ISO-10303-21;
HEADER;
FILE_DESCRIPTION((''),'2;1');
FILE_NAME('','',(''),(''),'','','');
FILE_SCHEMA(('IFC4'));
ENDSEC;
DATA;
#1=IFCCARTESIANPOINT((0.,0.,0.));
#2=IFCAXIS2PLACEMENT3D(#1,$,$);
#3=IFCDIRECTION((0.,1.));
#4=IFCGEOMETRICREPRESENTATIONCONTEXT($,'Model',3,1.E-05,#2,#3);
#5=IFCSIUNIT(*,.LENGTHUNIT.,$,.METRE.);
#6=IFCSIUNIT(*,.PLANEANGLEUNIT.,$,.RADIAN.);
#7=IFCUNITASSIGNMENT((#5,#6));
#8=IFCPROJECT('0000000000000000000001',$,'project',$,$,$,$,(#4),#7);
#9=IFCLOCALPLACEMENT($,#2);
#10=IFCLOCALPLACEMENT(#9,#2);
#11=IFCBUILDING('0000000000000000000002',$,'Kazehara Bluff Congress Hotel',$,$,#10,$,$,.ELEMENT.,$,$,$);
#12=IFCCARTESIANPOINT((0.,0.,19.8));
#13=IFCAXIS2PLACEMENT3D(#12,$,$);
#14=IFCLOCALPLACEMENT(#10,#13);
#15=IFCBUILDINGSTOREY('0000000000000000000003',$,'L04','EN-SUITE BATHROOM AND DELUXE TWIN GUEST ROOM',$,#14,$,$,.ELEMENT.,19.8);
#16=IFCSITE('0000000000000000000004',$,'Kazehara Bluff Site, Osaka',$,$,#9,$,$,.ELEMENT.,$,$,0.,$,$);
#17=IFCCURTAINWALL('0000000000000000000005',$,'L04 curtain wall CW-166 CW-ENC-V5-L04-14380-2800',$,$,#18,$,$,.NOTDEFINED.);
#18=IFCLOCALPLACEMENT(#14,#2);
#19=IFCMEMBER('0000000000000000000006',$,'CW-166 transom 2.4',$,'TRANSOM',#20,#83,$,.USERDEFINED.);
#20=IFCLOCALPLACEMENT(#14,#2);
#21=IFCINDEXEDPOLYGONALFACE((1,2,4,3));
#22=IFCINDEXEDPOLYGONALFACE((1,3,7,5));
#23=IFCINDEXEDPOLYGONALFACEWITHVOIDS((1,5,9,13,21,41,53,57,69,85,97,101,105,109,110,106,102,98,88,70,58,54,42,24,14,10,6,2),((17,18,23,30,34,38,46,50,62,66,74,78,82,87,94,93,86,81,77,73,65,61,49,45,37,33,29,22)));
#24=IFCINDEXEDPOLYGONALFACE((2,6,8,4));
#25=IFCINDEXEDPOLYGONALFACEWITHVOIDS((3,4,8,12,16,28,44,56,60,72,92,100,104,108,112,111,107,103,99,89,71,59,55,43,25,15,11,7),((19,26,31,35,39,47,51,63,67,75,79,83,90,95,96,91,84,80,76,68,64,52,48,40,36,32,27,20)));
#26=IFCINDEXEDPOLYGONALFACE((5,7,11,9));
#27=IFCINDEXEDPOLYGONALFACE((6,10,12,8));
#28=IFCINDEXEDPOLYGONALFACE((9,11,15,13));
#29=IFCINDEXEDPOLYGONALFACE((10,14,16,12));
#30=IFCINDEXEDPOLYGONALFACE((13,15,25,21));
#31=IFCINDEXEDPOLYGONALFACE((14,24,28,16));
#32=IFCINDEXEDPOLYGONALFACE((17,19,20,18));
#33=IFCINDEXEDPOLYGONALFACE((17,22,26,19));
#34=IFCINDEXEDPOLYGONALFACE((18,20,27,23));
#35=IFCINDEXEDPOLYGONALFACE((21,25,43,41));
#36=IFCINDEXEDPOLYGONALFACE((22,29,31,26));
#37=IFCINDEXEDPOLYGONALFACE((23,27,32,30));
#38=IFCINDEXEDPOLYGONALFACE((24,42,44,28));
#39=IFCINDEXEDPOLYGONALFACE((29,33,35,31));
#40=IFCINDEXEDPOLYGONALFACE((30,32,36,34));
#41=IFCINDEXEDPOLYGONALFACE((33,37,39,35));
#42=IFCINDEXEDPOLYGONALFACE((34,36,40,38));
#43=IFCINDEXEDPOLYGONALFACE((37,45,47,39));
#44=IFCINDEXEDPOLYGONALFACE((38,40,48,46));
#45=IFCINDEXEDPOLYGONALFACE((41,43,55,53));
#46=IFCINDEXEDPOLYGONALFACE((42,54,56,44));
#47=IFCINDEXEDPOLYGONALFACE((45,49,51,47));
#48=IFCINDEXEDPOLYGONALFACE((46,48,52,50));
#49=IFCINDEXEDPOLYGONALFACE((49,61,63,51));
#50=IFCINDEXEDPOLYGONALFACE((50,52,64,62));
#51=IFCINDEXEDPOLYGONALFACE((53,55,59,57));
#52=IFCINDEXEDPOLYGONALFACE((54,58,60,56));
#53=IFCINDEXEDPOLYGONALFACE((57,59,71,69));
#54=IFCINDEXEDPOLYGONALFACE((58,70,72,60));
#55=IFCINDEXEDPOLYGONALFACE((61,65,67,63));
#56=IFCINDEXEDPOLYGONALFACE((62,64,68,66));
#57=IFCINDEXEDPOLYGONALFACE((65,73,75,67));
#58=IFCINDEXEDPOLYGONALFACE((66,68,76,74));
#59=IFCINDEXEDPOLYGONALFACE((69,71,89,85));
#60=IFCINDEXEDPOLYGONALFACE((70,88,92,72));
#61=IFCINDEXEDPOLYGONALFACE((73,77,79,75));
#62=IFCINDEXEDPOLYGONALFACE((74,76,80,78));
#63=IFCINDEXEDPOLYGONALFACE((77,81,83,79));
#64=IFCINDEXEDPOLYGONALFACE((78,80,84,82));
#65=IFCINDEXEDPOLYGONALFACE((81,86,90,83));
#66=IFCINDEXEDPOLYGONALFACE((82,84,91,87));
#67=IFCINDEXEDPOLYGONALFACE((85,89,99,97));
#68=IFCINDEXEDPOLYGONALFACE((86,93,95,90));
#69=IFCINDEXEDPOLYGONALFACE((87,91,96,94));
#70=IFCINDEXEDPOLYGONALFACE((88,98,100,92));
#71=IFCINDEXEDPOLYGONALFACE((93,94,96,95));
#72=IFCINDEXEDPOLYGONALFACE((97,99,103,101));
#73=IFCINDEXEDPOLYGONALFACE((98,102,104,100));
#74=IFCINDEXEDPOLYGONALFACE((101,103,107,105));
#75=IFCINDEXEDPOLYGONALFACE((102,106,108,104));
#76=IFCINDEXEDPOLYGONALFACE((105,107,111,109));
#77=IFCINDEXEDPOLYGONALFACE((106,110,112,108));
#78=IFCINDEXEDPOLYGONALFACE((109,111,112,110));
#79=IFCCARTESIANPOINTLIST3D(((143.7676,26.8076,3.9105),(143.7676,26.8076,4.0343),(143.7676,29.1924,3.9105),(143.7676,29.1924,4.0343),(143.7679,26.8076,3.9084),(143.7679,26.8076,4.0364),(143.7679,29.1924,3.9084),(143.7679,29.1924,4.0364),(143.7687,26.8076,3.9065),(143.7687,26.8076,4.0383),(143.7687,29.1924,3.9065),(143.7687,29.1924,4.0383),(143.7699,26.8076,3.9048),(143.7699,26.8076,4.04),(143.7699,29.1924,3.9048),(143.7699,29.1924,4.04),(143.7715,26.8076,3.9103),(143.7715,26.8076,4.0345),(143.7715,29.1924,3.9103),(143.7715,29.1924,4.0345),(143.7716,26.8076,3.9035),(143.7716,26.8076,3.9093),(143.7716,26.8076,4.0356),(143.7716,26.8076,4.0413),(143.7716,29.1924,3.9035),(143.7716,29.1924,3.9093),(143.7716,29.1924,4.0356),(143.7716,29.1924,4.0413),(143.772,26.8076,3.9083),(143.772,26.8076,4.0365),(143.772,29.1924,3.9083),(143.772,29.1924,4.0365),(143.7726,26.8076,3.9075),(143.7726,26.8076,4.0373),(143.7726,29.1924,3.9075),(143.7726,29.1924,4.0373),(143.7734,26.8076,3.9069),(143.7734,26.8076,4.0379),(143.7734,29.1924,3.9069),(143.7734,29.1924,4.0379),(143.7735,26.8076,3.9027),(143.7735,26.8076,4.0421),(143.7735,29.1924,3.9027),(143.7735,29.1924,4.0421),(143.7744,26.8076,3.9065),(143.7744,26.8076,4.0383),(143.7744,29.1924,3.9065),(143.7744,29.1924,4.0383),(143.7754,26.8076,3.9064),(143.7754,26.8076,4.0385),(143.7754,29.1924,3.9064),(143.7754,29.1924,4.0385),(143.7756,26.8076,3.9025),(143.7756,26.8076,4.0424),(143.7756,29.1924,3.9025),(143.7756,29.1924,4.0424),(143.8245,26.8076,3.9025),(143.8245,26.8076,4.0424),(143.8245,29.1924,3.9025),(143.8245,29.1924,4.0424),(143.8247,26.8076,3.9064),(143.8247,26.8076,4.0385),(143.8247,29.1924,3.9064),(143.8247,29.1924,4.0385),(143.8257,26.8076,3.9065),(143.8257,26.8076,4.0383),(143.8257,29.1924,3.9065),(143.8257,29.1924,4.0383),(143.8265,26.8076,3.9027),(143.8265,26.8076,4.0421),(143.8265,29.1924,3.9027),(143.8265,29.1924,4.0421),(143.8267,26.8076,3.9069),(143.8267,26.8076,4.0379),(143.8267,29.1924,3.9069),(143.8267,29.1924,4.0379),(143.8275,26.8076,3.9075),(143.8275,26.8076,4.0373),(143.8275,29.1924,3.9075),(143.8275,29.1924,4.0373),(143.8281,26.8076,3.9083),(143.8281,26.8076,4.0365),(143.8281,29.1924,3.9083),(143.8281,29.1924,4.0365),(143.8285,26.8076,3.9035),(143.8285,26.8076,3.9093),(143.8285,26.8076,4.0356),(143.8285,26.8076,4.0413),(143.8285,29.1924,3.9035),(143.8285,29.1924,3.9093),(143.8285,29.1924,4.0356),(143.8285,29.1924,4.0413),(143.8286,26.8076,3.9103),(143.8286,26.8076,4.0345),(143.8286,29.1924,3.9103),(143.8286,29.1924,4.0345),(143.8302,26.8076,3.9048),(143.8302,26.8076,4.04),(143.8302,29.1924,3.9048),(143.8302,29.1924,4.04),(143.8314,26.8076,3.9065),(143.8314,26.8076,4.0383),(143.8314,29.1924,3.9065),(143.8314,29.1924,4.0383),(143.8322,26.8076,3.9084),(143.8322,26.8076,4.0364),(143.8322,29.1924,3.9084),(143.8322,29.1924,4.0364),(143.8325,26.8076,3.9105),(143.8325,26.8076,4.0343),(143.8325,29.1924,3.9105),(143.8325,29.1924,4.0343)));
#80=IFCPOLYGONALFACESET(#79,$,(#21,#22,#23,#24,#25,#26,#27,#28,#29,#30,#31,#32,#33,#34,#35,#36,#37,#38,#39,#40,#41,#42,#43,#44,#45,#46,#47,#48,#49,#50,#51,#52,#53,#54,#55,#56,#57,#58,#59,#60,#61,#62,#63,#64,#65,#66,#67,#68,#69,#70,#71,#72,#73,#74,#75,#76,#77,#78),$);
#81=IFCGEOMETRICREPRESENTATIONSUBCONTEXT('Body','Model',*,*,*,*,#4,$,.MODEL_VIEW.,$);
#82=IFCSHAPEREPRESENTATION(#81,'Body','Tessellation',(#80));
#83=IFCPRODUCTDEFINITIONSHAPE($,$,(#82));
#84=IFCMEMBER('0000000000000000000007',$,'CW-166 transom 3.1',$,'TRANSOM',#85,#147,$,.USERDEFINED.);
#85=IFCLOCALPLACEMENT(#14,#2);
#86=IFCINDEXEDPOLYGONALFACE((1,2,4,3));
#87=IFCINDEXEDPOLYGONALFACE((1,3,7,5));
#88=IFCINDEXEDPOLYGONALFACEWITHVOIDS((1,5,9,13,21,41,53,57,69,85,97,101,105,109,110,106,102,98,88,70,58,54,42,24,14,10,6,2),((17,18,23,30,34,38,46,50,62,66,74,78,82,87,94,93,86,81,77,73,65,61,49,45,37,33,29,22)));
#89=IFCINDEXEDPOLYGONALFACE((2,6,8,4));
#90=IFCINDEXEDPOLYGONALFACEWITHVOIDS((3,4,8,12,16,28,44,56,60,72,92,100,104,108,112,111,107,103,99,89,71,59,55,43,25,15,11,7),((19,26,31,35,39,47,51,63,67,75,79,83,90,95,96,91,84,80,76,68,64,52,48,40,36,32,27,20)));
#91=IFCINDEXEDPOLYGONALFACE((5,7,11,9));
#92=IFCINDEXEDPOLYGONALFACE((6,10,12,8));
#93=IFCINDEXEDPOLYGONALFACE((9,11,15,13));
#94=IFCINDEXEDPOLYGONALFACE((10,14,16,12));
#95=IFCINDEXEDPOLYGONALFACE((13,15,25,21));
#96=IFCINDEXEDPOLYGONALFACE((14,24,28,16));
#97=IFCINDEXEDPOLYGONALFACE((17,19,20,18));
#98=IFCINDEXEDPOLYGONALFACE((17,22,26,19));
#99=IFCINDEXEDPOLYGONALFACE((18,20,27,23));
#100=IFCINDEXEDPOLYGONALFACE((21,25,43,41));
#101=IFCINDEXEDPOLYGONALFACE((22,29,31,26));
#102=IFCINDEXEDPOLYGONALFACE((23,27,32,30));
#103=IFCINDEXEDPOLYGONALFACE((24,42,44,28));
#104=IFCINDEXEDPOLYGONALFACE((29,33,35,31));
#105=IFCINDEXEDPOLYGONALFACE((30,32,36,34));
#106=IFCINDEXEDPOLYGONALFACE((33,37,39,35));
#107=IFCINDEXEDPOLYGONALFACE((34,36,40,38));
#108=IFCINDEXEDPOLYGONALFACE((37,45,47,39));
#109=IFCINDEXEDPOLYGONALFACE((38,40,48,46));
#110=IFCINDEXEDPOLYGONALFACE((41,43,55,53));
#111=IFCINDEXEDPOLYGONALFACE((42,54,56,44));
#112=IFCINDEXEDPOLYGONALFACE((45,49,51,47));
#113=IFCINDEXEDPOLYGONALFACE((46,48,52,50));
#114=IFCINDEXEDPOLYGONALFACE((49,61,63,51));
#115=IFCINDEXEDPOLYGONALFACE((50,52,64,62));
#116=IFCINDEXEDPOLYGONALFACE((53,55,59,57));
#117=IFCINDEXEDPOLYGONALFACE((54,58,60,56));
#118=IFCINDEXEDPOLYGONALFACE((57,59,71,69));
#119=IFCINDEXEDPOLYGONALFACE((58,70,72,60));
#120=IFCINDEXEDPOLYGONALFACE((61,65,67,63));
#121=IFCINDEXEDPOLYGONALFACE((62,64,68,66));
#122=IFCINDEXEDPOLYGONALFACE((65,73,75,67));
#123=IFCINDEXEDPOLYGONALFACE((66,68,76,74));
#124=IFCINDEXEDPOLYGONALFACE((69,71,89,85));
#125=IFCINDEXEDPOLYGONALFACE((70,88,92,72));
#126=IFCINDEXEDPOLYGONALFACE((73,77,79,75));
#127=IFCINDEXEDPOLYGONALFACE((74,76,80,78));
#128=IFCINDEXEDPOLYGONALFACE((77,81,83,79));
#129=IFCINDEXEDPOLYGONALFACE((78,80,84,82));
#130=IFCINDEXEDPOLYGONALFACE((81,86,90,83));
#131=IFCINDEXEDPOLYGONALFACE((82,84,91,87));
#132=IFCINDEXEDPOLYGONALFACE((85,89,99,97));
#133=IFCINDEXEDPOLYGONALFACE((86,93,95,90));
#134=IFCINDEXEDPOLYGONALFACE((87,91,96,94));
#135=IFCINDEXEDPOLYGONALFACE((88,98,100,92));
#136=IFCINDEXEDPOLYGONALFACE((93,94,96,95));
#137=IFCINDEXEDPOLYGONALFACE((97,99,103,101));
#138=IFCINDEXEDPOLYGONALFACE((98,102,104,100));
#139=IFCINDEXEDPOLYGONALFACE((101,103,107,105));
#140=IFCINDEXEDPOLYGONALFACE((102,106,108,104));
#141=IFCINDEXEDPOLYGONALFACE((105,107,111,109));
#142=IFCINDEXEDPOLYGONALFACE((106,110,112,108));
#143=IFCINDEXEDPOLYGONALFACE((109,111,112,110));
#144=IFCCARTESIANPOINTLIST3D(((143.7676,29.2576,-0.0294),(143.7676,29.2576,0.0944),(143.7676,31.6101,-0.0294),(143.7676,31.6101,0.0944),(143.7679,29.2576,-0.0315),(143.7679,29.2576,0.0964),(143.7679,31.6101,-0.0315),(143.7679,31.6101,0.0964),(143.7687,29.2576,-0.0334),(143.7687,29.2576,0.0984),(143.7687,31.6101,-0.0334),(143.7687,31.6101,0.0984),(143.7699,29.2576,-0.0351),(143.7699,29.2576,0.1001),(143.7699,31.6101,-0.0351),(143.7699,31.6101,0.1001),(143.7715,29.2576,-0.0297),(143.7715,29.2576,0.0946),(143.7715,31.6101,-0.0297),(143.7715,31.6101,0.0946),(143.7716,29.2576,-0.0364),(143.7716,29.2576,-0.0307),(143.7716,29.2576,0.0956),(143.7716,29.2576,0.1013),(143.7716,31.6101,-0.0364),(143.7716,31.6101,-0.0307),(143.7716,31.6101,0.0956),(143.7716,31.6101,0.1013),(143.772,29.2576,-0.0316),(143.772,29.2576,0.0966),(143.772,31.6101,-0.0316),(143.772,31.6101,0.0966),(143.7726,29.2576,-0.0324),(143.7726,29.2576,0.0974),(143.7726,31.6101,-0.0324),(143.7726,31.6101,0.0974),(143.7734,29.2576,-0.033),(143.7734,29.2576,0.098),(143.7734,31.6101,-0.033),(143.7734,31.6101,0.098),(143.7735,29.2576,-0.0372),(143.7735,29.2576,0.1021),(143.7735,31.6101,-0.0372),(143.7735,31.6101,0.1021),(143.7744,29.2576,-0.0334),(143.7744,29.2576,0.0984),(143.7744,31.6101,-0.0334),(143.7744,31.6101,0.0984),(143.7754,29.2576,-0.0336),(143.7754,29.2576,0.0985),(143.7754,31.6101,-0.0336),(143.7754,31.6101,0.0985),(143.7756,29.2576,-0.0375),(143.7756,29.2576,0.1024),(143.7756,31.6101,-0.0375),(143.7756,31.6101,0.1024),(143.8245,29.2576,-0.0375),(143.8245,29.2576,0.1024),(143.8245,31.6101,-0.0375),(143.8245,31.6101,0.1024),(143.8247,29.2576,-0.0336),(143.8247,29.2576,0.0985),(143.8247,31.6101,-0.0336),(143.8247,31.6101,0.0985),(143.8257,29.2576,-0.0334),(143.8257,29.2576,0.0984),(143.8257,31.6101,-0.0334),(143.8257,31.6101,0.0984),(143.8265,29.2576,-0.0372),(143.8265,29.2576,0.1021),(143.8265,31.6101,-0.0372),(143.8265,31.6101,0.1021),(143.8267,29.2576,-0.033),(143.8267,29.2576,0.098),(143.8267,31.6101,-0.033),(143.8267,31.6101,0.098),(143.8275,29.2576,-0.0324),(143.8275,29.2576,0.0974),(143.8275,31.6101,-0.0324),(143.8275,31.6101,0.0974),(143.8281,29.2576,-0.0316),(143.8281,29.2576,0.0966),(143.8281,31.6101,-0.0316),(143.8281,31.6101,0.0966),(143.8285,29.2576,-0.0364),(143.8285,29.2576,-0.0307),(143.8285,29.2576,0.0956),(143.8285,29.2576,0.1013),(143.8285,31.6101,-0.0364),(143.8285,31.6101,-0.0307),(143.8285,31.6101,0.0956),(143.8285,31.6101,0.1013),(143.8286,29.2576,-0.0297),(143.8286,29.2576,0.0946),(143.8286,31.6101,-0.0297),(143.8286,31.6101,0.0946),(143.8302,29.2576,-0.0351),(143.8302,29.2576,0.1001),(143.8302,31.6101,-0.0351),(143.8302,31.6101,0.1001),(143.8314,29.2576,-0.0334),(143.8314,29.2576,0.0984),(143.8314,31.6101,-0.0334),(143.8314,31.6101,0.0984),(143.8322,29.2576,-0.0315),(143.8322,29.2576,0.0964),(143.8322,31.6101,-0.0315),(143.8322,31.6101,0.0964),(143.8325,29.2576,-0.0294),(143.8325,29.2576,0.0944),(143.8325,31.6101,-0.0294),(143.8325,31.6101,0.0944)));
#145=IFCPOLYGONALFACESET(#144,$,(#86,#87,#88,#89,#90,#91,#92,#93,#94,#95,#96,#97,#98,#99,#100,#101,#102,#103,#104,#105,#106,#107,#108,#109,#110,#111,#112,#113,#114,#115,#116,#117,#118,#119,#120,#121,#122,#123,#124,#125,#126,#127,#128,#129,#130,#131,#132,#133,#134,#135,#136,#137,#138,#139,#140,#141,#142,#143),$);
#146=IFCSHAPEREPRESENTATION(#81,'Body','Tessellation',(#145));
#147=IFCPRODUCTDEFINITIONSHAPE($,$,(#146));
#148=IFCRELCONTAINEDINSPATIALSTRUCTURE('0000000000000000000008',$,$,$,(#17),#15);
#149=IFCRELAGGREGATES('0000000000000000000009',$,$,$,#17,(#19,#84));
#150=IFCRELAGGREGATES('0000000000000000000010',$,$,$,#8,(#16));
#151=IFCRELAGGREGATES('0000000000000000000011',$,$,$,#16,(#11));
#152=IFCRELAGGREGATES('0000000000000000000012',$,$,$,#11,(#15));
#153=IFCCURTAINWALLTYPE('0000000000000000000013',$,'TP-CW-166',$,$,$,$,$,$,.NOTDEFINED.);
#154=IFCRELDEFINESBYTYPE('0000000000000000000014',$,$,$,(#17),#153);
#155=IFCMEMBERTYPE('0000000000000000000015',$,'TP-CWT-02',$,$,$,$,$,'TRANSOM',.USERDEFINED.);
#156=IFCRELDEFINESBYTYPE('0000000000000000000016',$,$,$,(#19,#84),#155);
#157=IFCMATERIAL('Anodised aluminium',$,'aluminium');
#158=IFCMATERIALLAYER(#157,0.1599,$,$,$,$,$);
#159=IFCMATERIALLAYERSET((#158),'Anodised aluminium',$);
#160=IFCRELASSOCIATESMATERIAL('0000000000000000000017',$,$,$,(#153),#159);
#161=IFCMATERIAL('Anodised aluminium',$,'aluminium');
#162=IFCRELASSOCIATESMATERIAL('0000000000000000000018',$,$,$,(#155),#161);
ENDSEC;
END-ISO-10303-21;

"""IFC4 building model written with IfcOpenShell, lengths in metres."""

from ifc_helpers import new_model, si_unit, direction, frame, origin, origin_2d, place, context, subcontext, project, spatial, hollow_rectangle, extrude, material, layer, layer_set, material_profile, profile_set, type_object, element, aggregate, save


model = new_model("IFC4")

# Units and contexts
model_context = context("Model", 3, precision=1e-05, world=origin(), true_north=direction((0.0, 1.0)))
body_context = subcontext(model_context, "Body", "Model", "MODEL_VIEW")
ifc_project = project(units=[si_unit("LENGTHUNIT", "METRE"), si_unit("PLANEANGLEUNIT", "RADIAN")], contexts=[model_context])

# Site, building, storey
site_placement = place(None, origin())
site = spatial("IfcSite", under=ifc_project, at=site_placement, Name="Kazehara Bluff Site, Osaka", CompositionType="ELEMENT", RefElevation=0.0)
building_placement = place(site_placement, origin())
building = spatial("IfcBuilding", under=site, at=building_placement, Name="Kazehara Bluff Congress Hotel", CompositionType="ELEMENT")
storey_placement = place(building_placement, frame((0.0, 0.0, 19.8)))
storey = spatial("IfcBuildingStorey", under=building, at=storey_placement, Name="L04", Description="EN-SUITE BATHROOM AND DELUXE TWIN GUEST ROOM", CompositionType="ELEMENT", Elevation=19.8)

# Curtain wall, members
ifc_material_1 = material(Name="Anodised aluminium", Category="aluminium")
ifc_layer_1 = layer(ifc_material_1, 0.1599)
ifc_layer_set_1 = layer_set([ifc_layer_1], Name="Anodised aluminium")
curtain_wall_type_1 = type_object("IfcCurtainWallType", Name="TP-CW-166", PredefinedType="NOTDEFINED", material=ifc_layer_set_1)
curtain_wall_1_placement = place(storey_placement, origin())
curtain_wall_1 = element("IfcCurtainWall", 1, at=curtain_wall_1_placement, inside=storey, type_object=curtain_wall_type_1, Name="L04 curtain wall CW-166 CW-ENC-V5-L04-14380-2800", PredefinedType="NOTDEFINED")
ifc_material_2 = material(Name="Anodised aluminium", Category="aluminium")
ifc_material_profile_1 = material_profile(ifc_material_2, hollow_rectangle(XDim=0.0649, YDim=0.1399, WallThickness=0.0039, InnerFilletRadius=0.0039, OuterFilletRadius=0.0081, at=origin_2d()))
ifc_profile_set_1 = profile_set([ifc_material_profile_1], Name="Anodised aluminium")
member_type_1 = type_object("IfcMemberType", Name="TP-CWT-02", ElementType="TRANSOM", PredefinedType="USERDEFINED", material=ifc_profile_set_1)
member_1_placement = place(storey_placement, frame((143.8, 26.8076, 3.9724), z_axis=(0.0, 1.0, 0.0), x_axis=(-1.0, 0.0, 0.0)))
member_1 = element("IfcMember", 2, at=member_1_placement, type_object=member_type_1, Name="CW-166 transom 2.4", ObjectType="TRANSOM", PredefinedType="USERDEFINED", context=body_context, shape_type="SweptSolid", body=[
    extrude(hollow_rectangle(XDim=0.0649, YDim=0.1399, WallThickness=0.0039, InnerFilletRadius=0.0039, OuterFilletRadius=0.0081, at=origin_2d()), origin(), (0.0, 0.0, 1.0), 2.3848),
])
member_2_placement = place(storey_placement, frame((143.8, 29.2576, 0.0325), z_axis=(0.0, 1.0, 0.0), x_axis=(-1.0, 0.0, 0.0)))
member_2 = element("IfcMember", 3, at=member_2_placement, type_object=member_type_1, Name="CW-166 transom 3.1", ObjectType="TRANSOM", PredefinedType="USERDEFINED", context=body_context, shape_type="SweptSolid", body=[
    extrude(hollow_rectangle(XDim=0.0649, YDim=0.1399, WallThickness=0.0039, InnerFilletRadius=0.0039, OuterFilletRadius=0.0081, at=origin_2d()), origin(), (0.0, 0.0, 1.0), 2.3525),
])

aggregate(curtain_wall_1, [member_1, member_2])

save(model, "model.ifc")
